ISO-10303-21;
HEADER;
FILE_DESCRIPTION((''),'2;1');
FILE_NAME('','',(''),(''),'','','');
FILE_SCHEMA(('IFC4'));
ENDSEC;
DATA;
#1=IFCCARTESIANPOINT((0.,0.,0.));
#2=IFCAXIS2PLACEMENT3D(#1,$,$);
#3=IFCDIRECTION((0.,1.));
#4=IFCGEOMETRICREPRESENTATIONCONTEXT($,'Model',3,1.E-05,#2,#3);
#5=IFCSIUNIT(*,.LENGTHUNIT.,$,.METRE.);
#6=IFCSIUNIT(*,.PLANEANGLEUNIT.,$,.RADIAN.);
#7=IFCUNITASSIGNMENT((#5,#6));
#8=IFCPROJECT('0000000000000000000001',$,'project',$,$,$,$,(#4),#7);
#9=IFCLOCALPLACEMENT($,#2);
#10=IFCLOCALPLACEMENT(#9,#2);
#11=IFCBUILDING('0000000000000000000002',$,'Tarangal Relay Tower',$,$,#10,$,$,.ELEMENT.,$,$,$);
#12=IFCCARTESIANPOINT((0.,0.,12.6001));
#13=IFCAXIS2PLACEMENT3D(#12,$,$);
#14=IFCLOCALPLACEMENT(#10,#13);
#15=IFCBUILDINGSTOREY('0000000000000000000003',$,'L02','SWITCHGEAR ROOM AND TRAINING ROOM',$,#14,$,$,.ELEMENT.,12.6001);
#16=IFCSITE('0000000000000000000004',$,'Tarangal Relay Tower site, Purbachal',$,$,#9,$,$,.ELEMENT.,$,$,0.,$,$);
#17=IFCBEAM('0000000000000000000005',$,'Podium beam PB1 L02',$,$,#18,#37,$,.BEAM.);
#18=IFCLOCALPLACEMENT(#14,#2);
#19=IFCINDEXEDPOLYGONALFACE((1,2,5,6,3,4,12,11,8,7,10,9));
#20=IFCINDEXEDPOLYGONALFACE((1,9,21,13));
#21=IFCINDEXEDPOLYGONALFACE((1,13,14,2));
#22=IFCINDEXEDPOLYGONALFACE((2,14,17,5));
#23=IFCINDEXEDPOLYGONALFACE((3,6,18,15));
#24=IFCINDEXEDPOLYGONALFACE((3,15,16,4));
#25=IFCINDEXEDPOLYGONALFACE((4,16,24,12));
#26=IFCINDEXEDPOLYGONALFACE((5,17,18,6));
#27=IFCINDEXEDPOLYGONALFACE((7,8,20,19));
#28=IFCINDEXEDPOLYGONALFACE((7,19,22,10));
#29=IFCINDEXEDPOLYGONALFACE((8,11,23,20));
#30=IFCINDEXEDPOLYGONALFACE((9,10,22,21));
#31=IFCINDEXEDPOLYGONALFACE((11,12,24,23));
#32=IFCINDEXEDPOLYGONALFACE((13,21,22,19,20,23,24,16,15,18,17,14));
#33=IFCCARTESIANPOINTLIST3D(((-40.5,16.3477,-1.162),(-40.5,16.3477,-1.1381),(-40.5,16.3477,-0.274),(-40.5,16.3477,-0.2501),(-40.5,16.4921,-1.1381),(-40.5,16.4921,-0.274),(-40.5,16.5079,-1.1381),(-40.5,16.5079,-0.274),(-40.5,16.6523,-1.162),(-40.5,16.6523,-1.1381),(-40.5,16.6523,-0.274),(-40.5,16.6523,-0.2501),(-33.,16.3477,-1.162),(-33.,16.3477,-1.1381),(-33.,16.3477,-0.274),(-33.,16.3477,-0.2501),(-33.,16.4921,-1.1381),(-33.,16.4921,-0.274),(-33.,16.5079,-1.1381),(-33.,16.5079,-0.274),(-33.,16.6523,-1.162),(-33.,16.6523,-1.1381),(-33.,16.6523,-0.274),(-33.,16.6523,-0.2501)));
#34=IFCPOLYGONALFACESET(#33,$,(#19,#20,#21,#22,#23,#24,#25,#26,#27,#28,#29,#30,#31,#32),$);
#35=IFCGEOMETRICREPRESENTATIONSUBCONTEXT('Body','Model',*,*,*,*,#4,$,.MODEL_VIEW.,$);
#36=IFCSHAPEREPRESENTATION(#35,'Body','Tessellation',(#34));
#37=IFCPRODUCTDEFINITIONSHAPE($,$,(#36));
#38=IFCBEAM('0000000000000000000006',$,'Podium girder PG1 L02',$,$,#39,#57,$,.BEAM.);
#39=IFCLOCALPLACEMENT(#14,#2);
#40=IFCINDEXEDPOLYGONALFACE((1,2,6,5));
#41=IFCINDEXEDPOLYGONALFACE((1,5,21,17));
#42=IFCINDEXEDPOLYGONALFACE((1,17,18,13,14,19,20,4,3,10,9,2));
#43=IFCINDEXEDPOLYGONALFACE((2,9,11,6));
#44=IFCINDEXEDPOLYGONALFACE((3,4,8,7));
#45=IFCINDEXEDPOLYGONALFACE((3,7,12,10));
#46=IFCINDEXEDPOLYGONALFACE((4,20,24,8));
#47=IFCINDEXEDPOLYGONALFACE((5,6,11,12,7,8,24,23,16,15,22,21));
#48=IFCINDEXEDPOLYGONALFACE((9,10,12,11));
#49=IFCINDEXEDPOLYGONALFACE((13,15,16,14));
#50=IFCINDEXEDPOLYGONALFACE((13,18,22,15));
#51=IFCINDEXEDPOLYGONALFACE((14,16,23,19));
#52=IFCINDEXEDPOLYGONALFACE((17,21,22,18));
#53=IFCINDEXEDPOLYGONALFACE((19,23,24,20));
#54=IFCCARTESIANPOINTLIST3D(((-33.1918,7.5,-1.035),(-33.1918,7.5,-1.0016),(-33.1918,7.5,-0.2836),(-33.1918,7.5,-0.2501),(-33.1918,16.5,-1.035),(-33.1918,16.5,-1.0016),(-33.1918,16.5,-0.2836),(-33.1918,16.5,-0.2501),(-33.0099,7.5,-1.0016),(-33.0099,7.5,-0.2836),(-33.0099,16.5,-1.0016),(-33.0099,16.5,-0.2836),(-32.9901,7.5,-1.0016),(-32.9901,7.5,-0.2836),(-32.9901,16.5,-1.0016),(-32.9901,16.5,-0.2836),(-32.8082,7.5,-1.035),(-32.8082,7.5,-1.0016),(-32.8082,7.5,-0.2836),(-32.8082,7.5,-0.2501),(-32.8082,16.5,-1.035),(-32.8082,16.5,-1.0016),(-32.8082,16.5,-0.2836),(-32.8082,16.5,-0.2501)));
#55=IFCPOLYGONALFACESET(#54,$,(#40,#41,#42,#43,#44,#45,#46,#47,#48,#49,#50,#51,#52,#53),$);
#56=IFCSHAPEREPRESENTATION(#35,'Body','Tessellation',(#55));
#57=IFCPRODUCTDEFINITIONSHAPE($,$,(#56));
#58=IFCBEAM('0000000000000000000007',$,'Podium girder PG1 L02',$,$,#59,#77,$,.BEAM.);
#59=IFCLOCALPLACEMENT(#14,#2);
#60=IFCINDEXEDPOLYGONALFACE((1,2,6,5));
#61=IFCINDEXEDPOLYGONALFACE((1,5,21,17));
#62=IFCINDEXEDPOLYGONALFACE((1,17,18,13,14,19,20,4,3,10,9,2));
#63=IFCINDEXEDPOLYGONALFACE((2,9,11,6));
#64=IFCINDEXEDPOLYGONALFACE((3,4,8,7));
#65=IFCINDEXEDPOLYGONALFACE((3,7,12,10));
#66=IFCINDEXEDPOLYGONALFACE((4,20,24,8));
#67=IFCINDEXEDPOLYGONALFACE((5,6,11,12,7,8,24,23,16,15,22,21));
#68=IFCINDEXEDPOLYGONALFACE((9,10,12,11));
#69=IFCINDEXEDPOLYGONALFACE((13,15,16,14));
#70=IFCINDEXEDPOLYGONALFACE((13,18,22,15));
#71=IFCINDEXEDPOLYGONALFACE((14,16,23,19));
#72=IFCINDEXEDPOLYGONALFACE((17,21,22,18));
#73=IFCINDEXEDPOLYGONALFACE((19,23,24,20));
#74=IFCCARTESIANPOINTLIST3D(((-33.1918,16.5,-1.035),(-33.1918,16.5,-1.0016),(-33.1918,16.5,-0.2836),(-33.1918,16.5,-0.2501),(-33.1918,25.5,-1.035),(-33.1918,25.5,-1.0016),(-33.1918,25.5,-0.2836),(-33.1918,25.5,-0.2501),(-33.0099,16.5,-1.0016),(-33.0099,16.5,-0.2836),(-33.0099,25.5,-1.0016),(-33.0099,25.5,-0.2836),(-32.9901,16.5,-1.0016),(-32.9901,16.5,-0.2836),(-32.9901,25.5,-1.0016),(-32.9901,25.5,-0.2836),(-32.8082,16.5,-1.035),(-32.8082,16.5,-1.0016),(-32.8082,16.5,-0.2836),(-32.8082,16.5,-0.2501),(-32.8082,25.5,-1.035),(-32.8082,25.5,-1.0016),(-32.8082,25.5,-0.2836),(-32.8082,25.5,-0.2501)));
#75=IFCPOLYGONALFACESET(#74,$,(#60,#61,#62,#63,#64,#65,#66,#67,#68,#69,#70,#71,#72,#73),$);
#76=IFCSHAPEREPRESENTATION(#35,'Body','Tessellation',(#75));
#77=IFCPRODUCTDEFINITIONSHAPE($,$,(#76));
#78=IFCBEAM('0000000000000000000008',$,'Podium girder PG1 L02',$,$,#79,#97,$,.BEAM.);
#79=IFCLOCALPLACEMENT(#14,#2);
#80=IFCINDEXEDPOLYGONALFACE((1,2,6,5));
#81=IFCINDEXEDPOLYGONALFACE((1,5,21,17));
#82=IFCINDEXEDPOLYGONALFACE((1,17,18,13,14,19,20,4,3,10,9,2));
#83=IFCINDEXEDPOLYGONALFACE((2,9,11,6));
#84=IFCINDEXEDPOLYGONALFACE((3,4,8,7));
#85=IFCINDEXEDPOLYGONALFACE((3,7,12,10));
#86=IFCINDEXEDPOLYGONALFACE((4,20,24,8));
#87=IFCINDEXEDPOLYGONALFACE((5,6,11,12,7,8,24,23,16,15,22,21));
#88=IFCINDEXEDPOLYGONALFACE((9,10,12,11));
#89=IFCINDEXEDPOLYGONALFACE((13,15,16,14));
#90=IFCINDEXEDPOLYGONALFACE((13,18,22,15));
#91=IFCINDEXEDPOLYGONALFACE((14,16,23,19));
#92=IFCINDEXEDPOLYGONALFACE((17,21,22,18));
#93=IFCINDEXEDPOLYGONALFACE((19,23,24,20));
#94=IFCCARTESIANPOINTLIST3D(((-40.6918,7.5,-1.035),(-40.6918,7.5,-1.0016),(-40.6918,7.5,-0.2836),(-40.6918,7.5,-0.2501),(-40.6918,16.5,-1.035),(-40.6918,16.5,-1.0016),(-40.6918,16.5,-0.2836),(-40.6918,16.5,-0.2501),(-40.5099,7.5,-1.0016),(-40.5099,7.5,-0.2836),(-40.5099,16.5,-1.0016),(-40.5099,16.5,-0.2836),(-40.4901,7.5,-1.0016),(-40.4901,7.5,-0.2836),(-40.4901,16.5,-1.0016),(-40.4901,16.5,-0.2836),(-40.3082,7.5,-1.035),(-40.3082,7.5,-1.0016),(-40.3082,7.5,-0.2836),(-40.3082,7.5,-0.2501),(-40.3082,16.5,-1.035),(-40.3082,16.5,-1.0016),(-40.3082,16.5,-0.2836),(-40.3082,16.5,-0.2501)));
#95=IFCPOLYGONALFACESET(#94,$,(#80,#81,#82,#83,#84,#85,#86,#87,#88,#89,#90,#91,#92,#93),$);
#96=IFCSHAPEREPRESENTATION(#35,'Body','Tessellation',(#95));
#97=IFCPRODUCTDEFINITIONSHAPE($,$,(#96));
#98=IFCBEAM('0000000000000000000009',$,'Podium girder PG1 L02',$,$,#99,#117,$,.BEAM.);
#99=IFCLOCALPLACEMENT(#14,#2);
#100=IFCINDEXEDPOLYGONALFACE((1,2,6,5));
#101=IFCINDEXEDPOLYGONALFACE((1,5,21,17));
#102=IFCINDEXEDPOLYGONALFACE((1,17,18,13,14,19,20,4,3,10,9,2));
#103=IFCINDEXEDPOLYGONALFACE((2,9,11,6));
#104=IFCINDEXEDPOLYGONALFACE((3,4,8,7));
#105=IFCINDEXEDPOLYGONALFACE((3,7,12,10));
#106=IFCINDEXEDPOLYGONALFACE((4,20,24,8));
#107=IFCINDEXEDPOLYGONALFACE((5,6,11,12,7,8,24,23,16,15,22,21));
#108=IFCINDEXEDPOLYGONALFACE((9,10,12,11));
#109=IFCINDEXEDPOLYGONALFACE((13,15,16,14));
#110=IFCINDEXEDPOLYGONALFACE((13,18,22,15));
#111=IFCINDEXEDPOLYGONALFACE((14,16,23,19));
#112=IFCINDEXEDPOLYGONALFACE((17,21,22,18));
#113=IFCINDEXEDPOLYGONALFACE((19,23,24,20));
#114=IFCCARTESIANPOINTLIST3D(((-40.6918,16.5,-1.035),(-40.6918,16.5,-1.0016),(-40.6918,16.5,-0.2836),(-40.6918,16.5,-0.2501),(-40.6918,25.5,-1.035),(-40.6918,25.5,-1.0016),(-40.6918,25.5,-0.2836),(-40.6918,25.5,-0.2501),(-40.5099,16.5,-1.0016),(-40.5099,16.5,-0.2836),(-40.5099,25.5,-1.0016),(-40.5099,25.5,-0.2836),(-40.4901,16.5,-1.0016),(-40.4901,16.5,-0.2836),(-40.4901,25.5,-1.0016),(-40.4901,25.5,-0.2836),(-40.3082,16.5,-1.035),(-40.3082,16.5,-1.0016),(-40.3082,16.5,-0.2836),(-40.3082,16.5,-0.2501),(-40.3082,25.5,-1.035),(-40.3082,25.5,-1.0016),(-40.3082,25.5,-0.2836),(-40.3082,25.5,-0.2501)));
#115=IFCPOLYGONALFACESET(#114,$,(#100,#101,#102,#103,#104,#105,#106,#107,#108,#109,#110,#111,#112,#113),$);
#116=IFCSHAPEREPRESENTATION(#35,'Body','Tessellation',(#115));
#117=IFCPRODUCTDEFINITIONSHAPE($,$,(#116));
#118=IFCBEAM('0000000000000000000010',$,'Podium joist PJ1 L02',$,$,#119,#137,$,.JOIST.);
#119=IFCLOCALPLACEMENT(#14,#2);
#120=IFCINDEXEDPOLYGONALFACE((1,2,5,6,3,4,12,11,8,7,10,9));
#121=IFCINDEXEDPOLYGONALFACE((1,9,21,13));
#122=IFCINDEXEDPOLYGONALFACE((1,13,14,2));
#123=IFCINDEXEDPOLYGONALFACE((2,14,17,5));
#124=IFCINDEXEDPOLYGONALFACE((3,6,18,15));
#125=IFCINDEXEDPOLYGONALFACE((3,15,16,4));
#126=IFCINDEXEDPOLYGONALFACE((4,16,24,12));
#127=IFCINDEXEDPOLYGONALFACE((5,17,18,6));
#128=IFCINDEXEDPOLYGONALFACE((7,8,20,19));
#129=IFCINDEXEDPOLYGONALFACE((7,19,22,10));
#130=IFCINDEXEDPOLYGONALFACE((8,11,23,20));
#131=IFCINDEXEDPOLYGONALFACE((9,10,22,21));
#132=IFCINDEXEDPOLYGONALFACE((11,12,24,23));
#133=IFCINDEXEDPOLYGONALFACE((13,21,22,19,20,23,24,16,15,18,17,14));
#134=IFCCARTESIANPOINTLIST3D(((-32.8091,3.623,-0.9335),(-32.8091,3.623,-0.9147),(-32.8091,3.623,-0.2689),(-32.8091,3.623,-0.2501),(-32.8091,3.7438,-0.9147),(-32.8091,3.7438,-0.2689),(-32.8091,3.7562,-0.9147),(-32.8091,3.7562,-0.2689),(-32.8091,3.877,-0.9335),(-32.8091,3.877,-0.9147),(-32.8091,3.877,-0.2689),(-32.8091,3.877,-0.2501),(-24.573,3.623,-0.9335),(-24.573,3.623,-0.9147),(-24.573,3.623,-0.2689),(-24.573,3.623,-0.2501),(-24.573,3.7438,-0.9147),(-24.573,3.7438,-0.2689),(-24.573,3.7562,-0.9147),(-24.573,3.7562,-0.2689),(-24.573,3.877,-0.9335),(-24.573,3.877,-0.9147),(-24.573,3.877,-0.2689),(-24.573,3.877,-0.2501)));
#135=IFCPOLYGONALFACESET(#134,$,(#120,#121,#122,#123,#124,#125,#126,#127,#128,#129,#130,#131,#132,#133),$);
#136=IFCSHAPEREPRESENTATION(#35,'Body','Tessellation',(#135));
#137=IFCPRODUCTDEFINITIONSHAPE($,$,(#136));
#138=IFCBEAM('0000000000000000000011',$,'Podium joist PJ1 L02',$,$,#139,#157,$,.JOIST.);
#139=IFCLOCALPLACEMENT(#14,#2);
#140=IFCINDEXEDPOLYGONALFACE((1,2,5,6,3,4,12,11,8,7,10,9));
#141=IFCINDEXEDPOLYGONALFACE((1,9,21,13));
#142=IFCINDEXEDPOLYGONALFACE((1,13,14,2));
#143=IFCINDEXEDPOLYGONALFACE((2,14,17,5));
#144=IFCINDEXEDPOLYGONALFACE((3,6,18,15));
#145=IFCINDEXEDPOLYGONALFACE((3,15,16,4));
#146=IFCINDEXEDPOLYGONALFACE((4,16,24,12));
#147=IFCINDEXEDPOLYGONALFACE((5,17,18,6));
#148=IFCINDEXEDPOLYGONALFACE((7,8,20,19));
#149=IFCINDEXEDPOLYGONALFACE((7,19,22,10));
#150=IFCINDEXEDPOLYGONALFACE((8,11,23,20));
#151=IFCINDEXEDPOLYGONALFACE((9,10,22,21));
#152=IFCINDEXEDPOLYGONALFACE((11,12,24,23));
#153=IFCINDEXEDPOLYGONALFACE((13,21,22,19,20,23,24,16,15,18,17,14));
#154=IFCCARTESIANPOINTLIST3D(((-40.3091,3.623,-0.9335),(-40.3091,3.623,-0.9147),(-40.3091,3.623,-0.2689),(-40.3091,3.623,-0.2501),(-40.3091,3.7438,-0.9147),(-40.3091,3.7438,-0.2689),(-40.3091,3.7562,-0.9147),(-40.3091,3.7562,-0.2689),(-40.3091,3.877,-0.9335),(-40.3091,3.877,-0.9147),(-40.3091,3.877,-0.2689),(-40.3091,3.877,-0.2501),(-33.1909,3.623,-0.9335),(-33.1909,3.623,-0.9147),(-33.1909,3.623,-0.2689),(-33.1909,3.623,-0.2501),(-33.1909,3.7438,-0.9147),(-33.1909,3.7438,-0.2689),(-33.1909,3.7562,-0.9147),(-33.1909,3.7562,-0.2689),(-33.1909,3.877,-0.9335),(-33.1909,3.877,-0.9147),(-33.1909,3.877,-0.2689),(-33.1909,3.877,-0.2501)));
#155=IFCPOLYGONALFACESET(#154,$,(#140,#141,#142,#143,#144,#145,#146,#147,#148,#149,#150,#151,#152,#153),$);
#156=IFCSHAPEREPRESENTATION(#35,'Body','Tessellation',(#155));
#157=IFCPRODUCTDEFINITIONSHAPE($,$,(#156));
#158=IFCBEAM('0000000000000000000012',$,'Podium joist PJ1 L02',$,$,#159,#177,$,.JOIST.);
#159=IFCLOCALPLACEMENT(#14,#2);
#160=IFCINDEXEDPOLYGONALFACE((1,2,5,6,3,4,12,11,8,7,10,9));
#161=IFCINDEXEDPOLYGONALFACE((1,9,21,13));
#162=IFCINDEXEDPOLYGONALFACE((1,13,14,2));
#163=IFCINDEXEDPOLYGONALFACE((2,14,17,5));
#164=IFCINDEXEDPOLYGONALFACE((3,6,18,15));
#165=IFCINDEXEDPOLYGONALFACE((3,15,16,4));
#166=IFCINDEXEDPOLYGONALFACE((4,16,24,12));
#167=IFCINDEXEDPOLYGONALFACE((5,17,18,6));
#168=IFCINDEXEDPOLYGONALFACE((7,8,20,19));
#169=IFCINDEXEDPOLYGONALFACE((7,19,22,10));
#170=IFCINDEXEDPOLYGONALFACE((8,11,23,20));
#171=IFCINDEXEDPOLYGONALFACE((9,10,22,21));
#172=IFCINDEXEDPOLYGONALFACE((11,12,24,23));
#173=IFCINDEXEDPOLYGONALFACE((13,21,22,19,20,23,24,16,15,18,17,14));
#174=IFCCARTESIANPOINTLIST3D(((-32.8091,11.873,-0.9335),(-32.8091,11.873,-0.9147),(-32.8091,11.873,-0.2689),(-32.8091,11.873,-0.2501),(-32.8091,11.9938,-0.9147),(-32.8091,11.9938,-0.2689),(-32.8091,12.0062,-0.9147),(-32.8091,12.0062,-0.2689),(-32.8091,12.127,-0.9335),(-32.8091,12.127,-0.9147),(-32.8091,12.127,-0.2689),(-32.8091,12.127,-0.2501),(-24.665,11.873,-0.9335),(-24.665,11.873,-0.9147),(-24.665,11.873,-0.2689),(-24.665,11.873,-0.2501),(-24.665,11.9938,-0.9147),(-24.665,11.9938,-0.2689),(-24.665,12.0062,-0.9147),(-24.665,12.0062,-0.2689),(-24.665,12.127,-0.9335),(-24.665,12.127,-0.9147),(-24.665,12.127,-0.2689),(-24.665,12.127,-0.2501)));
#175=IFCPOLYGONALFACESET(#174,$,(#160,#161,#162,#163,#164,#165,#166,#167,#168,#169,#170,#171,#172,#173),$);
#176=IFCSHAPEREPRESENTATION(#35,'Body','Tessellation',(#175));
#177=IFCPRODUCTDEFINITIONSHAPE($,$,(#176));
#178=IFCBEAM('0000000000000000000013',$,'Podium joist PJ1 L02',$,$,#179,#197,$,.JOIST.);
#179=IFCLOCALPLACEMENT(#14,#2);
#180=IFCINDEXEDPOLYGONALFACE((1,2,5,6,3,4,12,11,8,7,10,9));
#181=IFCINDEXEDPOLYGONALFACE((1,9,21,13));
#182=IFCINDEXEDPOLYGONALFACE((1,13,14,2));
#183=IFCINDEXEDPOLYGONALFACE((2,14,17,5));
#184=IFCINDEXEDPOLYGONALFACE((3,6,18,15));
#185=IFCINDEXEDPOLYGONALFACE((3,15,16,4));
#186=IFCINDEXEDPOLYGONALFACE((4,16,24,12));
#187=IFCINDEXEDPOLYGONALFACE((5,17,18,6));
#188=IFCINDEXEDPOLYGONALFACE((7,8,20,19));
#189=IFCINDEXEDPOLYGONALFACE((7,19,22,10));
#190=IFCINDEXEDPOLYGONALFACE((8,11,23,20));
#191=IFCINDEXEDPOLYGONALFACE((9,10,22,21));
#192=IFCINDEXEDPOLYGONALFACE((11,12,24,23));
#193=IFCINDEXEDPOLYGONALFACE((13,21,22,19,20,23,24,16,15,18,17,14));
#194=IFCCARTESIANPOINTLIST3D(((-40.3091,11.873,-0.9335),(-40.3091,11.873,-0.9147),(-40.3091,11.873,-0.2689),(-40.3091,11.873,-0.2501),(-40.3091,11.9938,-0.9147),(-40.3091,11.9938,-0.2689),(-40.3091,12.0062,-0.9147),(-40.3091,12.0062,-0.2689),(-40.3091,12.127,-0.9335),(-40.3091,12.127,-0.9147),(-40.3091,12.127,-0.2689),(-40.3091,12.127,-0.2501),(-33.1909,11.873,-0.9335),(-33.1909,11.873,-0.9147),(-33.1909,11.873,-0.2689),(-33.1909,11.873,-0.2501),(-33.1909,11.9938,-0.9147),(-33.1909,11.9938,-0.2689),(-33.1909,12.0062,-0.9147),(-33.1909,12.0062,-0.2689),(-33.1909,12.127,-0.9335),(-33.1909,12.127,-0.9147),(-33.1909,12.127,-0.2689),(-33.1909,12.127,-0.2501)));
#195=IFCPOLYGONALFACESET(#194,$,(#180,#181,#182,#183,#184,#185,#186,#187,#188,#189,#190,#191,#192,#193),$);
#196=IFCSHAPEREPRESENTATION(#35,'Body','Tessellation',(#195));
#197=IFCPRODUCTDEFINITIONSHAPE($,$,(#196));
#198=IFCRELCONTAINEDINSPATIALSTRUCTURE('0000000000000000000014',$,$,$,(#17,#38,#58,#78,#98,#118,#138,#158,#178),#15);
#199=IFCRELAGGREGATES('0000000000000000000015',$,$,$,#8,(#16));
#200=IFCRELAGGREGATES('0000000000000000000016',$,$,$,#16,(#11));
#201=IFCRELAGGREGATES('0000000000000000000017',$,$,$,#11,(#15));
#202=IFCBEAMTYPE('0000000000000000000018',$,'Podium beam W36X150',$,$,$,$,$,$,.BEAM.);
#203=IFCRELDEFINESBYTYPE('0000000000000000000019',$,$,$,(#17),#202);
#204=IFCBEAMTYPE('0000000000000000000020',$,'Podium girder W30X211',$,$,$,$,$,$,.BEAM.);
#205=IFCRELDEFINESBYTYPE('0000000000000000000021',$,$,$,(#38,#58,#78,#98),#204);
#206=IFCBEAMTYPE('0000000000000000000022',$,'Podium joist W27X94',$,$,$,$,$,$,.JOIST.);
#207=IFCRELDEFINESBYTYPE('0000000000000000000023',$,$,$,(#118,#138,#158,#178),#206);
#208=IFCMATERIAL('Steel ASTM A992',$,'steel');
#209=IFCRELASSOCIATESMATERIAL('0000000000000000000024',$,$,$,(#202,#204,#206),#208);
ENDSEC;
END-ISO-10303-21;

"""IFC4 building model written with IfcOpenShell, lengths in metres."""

from ifc_helpers import new_model, si_unit, direction, frame, origin, origin_2d, place, context, subcontext, project, spatial, i_section, extrude, material, material_profile, profile_set, type_object, element, save


model = new_model("IFC4")

# Units and contexts
model_context = context("Model", 3, precision=1e-05, world=origin(), true_north=direction((0.0, 1.0)))
body_context = subcontext(model_context, "Body", "Model", "MODEL_VIEW")
ifc_project = project(units=[si_unit("LENGTHUNIT", "METRE"), si_unit("PLANEANGLEUNIT", "RADIAN")], contexts=[model_context])

# Site, building, storey
site_placement = place(None, origin())
site = spatial("IfcSite", under=ifc_project, at=site_placement, Name="Tarangal Relay Tower site, Purbachal", CompositionType="ELEMENT", RefElevation=0.0)
building_placement = place(site_placement, origin())
building = spatial("IfcBuilding", under=site, at=building_placement, Name="Tarangal Relay Tower", CompositionType="ELEMENT")
storey_placement = place(building_placement, frame((0.0, 0.0, 12.6001)))
storey = spatial("IfcBuildingStorey", under=building, at=storey_placement, Name="L02", Description="SWITCHGEAR ROOM AND TRAINING ROOM", CompositionType="ELEMENT", Elevation=12.6001)

# Shared definitions
ifc_material_1 = material(Name="Steel ASTM A992", Category="steel")

# Beams
ifc_material_profile_1 = material_profile(ifc_material_1, i_section(OverallWidth=0.3047, OverallDepth=0.9119, WebThickness=0.0159, FlangeThickness=0.0239, at=origin_2d()), Name="W36X150")
ifc_profile_set_1 = profile_set([ifc_material_profile_1], Name="Steel ASTM A992")
beam_type_1 = type_object("IfcBeamType", Name="Podium beam W36X150", PredefinedType="BEAM", material=ifc_profile_set_1)
for number, where, z_axis, x_axis, name in (
    (1, (-33.0, 16.5, -0.7061), (-1.0, 0.0, 0.0), (0.0, -1.0, 0.0), "Podium beam PB1 L02"),
):
    element("IfcBeam", number, at=place(storey_placement, frame(where, z_axis=z_axis, x_axis=x_axis)), inside=storey, type_object=beam_type_1, Name=name, PredefinedType="BEAM", context=body_context, shape_type="SweptSolid", body=[
        extrude(i_section(OverallWidth=0.3047, OverallDepth=0.9119, WebThickness=0.0159, FlangeThickness=0.0239, at=origin_2d()), origin(), (0.0, 0.0, 1.0), 7.5),
    ])
ifc_material_profile_2 = material_profile(ifc_material_1, i_section(OverallWidth=0.3835, OverallDepth=0.7849, WebThickness=0.0198, FlangeThickness=0.0334, at=origin_2d()), Name="W30X211")
ifc_profile_set_2 = profile_set([ifc_material_profile_2], Name="Steel ASTM A992")
beam_type_2 = type_object("IfcBeamType", Name="Podium girder W30X211", PredefinedType="BEAM", material=ifc_profile_set_2)
for number, where, z_axis, x_axis, name in (
    (2, (-33.0, 7.5, -0.6426), (0.0, 1.0, 0.0), (-1.0, 0.0, 0.0), "Podium girder PG1 L02"),
    (3, (-33.0, 16.5, -0.6426), (0.0, 1.0, 0.0), (-1.0, 0.0, 0.0), "Podium girder PG1 L02"),
    (4, (-40.5, 7.5, -0.6426), (0.0, 1.0, 0.0), (-1.0, 0.0, 0.0), "Podium girder PG1 L02"),
    (5, (-40.5, 16.5, -0.6426), (0.0, 1.0, 0.0), (-1.0, 0.0, 0.0), "Podium girder PG1 L02"),
):
    element("IfcBeam", number, at=place(storey_placement, frame(where, z_axis=z_axis, x_axis=x_axis)), inside=storey, type_object=beam_type_2, Name=name, PredefinedType="BEAM", context=body_context, shape_type="SweptSolid", body=[
        extrude(i_section(OverallWidth=0.3835, OverallDepth=0.7849, WebThickness=0.0198, FlangeThickness=0.0334, at=origin_2d()), origin(), (0.0, 0.0, 1.0), 9.0),
    ])
ifc_material_profile_3 = material_profile(ifc_material_1, i_section(OverallWidth=0.2539, OverallDepth=0.6833, WebThickness=0.0125, FlangeThickness=0.0188, at=origin_2d()), Name="W27X94")
ifc_profile_set_3 = profile_set([ifc_material_profile_3], Name="Steel ASTM A992")
beam_type_3 = type_object("IfcBeamType", Name="Podium joist W27X94", PredefinedType="JOIST", material=ifc_profile_set_3)
beam_1_placement = place(storey_placement, frame((-24.573, 3.75, -0.5918), z_axis=(-1.0, 0.0, 0.0), x_axis=(0.0, -1.0, 0.0)))
element("IfcBeam", 6, at=beam_1_placement, inside=storey, type_object=beam_type_3, Name="Podium joist PJ1 L02", PredefinedType="JOIST", context=body_context, shape_type="SweptSolid", body=[
    extrude(i_section(OverallWidth=0.2539, OverallDepth=0.6833, WebThickness=0.0125, FlangeThickness=0.0188, at=origin_2d()), origin(), (0.0, 0.0, 1.0), 8.2361),
])
beam_2_placement = place(storey_placement, frame((-33.1909, 3.75, -0.5918), z_axis=(-1.0, 0.0, 0.0), x_axis=(0.0, -1.0, 0.0)))
element("IfcBeam", 7, at=beam_2_placement, inside=storey, type_object=beam_type_3, Name="Podium joist PJ1 L02", PredefinedType="JOIST", context=body_context, shape_type="SweptSolid", body=[
    extrude(i_section(OverallWidth=0.2539, OverallDepth=0.6833, WebThickness=0.0125, FlangeThickness=0.0188, at=origin_2d()), origin(), (0.0, 0.0, 1.0), 7.1182),
])
beam_3_placement = place(storey_placement, frame((-24.665, 12.0, -0.5918), z_axis=(-1.0, 0.0, 0.0), x_axis=(0.0, -1.0, 0.0)))
element("IfcBeam", 8, at=beam_3_placement, inside=storey, type_object=beam_type_3, Name="Podium joist PJ1 L02", PredefinedType="JOIST", context=body_context, shape_type="SweptSolid", body=[
    extrude(i_section(OverallWidth=0.2539, OverallDepth=0.6833, WebThickness=0.0125, FlangeThickness=0.0188, at=origin_2d()), origin(), (0.0, 0.0, 1.0), 8.144),
])
beam_4_placement = place(storey_placement, frame((-33.1909, 12.0, -0.5918), z_axis=(-1.0, 0.0, 0.0), x_axis=(0.0, -1.0, 0.0)))
element("IfcBeam", 9, at=beam_4_placement, inside=storey, type_object=beam_type_3, Name="Podium joist PJ1 L02", PredefinedType="JOIST", context=body_context, shape_type="SweptSolid", body=[
    extrude(i_section(OverallWidth=0.2539, OverallDepth=0.6833, WebThickness=0.0125, FlangeThickness=0.0188, at=origin_2d()), origin(), (0.0, 0.0, 1.0), 7.1182),
])

save(model, "model.ifc")
